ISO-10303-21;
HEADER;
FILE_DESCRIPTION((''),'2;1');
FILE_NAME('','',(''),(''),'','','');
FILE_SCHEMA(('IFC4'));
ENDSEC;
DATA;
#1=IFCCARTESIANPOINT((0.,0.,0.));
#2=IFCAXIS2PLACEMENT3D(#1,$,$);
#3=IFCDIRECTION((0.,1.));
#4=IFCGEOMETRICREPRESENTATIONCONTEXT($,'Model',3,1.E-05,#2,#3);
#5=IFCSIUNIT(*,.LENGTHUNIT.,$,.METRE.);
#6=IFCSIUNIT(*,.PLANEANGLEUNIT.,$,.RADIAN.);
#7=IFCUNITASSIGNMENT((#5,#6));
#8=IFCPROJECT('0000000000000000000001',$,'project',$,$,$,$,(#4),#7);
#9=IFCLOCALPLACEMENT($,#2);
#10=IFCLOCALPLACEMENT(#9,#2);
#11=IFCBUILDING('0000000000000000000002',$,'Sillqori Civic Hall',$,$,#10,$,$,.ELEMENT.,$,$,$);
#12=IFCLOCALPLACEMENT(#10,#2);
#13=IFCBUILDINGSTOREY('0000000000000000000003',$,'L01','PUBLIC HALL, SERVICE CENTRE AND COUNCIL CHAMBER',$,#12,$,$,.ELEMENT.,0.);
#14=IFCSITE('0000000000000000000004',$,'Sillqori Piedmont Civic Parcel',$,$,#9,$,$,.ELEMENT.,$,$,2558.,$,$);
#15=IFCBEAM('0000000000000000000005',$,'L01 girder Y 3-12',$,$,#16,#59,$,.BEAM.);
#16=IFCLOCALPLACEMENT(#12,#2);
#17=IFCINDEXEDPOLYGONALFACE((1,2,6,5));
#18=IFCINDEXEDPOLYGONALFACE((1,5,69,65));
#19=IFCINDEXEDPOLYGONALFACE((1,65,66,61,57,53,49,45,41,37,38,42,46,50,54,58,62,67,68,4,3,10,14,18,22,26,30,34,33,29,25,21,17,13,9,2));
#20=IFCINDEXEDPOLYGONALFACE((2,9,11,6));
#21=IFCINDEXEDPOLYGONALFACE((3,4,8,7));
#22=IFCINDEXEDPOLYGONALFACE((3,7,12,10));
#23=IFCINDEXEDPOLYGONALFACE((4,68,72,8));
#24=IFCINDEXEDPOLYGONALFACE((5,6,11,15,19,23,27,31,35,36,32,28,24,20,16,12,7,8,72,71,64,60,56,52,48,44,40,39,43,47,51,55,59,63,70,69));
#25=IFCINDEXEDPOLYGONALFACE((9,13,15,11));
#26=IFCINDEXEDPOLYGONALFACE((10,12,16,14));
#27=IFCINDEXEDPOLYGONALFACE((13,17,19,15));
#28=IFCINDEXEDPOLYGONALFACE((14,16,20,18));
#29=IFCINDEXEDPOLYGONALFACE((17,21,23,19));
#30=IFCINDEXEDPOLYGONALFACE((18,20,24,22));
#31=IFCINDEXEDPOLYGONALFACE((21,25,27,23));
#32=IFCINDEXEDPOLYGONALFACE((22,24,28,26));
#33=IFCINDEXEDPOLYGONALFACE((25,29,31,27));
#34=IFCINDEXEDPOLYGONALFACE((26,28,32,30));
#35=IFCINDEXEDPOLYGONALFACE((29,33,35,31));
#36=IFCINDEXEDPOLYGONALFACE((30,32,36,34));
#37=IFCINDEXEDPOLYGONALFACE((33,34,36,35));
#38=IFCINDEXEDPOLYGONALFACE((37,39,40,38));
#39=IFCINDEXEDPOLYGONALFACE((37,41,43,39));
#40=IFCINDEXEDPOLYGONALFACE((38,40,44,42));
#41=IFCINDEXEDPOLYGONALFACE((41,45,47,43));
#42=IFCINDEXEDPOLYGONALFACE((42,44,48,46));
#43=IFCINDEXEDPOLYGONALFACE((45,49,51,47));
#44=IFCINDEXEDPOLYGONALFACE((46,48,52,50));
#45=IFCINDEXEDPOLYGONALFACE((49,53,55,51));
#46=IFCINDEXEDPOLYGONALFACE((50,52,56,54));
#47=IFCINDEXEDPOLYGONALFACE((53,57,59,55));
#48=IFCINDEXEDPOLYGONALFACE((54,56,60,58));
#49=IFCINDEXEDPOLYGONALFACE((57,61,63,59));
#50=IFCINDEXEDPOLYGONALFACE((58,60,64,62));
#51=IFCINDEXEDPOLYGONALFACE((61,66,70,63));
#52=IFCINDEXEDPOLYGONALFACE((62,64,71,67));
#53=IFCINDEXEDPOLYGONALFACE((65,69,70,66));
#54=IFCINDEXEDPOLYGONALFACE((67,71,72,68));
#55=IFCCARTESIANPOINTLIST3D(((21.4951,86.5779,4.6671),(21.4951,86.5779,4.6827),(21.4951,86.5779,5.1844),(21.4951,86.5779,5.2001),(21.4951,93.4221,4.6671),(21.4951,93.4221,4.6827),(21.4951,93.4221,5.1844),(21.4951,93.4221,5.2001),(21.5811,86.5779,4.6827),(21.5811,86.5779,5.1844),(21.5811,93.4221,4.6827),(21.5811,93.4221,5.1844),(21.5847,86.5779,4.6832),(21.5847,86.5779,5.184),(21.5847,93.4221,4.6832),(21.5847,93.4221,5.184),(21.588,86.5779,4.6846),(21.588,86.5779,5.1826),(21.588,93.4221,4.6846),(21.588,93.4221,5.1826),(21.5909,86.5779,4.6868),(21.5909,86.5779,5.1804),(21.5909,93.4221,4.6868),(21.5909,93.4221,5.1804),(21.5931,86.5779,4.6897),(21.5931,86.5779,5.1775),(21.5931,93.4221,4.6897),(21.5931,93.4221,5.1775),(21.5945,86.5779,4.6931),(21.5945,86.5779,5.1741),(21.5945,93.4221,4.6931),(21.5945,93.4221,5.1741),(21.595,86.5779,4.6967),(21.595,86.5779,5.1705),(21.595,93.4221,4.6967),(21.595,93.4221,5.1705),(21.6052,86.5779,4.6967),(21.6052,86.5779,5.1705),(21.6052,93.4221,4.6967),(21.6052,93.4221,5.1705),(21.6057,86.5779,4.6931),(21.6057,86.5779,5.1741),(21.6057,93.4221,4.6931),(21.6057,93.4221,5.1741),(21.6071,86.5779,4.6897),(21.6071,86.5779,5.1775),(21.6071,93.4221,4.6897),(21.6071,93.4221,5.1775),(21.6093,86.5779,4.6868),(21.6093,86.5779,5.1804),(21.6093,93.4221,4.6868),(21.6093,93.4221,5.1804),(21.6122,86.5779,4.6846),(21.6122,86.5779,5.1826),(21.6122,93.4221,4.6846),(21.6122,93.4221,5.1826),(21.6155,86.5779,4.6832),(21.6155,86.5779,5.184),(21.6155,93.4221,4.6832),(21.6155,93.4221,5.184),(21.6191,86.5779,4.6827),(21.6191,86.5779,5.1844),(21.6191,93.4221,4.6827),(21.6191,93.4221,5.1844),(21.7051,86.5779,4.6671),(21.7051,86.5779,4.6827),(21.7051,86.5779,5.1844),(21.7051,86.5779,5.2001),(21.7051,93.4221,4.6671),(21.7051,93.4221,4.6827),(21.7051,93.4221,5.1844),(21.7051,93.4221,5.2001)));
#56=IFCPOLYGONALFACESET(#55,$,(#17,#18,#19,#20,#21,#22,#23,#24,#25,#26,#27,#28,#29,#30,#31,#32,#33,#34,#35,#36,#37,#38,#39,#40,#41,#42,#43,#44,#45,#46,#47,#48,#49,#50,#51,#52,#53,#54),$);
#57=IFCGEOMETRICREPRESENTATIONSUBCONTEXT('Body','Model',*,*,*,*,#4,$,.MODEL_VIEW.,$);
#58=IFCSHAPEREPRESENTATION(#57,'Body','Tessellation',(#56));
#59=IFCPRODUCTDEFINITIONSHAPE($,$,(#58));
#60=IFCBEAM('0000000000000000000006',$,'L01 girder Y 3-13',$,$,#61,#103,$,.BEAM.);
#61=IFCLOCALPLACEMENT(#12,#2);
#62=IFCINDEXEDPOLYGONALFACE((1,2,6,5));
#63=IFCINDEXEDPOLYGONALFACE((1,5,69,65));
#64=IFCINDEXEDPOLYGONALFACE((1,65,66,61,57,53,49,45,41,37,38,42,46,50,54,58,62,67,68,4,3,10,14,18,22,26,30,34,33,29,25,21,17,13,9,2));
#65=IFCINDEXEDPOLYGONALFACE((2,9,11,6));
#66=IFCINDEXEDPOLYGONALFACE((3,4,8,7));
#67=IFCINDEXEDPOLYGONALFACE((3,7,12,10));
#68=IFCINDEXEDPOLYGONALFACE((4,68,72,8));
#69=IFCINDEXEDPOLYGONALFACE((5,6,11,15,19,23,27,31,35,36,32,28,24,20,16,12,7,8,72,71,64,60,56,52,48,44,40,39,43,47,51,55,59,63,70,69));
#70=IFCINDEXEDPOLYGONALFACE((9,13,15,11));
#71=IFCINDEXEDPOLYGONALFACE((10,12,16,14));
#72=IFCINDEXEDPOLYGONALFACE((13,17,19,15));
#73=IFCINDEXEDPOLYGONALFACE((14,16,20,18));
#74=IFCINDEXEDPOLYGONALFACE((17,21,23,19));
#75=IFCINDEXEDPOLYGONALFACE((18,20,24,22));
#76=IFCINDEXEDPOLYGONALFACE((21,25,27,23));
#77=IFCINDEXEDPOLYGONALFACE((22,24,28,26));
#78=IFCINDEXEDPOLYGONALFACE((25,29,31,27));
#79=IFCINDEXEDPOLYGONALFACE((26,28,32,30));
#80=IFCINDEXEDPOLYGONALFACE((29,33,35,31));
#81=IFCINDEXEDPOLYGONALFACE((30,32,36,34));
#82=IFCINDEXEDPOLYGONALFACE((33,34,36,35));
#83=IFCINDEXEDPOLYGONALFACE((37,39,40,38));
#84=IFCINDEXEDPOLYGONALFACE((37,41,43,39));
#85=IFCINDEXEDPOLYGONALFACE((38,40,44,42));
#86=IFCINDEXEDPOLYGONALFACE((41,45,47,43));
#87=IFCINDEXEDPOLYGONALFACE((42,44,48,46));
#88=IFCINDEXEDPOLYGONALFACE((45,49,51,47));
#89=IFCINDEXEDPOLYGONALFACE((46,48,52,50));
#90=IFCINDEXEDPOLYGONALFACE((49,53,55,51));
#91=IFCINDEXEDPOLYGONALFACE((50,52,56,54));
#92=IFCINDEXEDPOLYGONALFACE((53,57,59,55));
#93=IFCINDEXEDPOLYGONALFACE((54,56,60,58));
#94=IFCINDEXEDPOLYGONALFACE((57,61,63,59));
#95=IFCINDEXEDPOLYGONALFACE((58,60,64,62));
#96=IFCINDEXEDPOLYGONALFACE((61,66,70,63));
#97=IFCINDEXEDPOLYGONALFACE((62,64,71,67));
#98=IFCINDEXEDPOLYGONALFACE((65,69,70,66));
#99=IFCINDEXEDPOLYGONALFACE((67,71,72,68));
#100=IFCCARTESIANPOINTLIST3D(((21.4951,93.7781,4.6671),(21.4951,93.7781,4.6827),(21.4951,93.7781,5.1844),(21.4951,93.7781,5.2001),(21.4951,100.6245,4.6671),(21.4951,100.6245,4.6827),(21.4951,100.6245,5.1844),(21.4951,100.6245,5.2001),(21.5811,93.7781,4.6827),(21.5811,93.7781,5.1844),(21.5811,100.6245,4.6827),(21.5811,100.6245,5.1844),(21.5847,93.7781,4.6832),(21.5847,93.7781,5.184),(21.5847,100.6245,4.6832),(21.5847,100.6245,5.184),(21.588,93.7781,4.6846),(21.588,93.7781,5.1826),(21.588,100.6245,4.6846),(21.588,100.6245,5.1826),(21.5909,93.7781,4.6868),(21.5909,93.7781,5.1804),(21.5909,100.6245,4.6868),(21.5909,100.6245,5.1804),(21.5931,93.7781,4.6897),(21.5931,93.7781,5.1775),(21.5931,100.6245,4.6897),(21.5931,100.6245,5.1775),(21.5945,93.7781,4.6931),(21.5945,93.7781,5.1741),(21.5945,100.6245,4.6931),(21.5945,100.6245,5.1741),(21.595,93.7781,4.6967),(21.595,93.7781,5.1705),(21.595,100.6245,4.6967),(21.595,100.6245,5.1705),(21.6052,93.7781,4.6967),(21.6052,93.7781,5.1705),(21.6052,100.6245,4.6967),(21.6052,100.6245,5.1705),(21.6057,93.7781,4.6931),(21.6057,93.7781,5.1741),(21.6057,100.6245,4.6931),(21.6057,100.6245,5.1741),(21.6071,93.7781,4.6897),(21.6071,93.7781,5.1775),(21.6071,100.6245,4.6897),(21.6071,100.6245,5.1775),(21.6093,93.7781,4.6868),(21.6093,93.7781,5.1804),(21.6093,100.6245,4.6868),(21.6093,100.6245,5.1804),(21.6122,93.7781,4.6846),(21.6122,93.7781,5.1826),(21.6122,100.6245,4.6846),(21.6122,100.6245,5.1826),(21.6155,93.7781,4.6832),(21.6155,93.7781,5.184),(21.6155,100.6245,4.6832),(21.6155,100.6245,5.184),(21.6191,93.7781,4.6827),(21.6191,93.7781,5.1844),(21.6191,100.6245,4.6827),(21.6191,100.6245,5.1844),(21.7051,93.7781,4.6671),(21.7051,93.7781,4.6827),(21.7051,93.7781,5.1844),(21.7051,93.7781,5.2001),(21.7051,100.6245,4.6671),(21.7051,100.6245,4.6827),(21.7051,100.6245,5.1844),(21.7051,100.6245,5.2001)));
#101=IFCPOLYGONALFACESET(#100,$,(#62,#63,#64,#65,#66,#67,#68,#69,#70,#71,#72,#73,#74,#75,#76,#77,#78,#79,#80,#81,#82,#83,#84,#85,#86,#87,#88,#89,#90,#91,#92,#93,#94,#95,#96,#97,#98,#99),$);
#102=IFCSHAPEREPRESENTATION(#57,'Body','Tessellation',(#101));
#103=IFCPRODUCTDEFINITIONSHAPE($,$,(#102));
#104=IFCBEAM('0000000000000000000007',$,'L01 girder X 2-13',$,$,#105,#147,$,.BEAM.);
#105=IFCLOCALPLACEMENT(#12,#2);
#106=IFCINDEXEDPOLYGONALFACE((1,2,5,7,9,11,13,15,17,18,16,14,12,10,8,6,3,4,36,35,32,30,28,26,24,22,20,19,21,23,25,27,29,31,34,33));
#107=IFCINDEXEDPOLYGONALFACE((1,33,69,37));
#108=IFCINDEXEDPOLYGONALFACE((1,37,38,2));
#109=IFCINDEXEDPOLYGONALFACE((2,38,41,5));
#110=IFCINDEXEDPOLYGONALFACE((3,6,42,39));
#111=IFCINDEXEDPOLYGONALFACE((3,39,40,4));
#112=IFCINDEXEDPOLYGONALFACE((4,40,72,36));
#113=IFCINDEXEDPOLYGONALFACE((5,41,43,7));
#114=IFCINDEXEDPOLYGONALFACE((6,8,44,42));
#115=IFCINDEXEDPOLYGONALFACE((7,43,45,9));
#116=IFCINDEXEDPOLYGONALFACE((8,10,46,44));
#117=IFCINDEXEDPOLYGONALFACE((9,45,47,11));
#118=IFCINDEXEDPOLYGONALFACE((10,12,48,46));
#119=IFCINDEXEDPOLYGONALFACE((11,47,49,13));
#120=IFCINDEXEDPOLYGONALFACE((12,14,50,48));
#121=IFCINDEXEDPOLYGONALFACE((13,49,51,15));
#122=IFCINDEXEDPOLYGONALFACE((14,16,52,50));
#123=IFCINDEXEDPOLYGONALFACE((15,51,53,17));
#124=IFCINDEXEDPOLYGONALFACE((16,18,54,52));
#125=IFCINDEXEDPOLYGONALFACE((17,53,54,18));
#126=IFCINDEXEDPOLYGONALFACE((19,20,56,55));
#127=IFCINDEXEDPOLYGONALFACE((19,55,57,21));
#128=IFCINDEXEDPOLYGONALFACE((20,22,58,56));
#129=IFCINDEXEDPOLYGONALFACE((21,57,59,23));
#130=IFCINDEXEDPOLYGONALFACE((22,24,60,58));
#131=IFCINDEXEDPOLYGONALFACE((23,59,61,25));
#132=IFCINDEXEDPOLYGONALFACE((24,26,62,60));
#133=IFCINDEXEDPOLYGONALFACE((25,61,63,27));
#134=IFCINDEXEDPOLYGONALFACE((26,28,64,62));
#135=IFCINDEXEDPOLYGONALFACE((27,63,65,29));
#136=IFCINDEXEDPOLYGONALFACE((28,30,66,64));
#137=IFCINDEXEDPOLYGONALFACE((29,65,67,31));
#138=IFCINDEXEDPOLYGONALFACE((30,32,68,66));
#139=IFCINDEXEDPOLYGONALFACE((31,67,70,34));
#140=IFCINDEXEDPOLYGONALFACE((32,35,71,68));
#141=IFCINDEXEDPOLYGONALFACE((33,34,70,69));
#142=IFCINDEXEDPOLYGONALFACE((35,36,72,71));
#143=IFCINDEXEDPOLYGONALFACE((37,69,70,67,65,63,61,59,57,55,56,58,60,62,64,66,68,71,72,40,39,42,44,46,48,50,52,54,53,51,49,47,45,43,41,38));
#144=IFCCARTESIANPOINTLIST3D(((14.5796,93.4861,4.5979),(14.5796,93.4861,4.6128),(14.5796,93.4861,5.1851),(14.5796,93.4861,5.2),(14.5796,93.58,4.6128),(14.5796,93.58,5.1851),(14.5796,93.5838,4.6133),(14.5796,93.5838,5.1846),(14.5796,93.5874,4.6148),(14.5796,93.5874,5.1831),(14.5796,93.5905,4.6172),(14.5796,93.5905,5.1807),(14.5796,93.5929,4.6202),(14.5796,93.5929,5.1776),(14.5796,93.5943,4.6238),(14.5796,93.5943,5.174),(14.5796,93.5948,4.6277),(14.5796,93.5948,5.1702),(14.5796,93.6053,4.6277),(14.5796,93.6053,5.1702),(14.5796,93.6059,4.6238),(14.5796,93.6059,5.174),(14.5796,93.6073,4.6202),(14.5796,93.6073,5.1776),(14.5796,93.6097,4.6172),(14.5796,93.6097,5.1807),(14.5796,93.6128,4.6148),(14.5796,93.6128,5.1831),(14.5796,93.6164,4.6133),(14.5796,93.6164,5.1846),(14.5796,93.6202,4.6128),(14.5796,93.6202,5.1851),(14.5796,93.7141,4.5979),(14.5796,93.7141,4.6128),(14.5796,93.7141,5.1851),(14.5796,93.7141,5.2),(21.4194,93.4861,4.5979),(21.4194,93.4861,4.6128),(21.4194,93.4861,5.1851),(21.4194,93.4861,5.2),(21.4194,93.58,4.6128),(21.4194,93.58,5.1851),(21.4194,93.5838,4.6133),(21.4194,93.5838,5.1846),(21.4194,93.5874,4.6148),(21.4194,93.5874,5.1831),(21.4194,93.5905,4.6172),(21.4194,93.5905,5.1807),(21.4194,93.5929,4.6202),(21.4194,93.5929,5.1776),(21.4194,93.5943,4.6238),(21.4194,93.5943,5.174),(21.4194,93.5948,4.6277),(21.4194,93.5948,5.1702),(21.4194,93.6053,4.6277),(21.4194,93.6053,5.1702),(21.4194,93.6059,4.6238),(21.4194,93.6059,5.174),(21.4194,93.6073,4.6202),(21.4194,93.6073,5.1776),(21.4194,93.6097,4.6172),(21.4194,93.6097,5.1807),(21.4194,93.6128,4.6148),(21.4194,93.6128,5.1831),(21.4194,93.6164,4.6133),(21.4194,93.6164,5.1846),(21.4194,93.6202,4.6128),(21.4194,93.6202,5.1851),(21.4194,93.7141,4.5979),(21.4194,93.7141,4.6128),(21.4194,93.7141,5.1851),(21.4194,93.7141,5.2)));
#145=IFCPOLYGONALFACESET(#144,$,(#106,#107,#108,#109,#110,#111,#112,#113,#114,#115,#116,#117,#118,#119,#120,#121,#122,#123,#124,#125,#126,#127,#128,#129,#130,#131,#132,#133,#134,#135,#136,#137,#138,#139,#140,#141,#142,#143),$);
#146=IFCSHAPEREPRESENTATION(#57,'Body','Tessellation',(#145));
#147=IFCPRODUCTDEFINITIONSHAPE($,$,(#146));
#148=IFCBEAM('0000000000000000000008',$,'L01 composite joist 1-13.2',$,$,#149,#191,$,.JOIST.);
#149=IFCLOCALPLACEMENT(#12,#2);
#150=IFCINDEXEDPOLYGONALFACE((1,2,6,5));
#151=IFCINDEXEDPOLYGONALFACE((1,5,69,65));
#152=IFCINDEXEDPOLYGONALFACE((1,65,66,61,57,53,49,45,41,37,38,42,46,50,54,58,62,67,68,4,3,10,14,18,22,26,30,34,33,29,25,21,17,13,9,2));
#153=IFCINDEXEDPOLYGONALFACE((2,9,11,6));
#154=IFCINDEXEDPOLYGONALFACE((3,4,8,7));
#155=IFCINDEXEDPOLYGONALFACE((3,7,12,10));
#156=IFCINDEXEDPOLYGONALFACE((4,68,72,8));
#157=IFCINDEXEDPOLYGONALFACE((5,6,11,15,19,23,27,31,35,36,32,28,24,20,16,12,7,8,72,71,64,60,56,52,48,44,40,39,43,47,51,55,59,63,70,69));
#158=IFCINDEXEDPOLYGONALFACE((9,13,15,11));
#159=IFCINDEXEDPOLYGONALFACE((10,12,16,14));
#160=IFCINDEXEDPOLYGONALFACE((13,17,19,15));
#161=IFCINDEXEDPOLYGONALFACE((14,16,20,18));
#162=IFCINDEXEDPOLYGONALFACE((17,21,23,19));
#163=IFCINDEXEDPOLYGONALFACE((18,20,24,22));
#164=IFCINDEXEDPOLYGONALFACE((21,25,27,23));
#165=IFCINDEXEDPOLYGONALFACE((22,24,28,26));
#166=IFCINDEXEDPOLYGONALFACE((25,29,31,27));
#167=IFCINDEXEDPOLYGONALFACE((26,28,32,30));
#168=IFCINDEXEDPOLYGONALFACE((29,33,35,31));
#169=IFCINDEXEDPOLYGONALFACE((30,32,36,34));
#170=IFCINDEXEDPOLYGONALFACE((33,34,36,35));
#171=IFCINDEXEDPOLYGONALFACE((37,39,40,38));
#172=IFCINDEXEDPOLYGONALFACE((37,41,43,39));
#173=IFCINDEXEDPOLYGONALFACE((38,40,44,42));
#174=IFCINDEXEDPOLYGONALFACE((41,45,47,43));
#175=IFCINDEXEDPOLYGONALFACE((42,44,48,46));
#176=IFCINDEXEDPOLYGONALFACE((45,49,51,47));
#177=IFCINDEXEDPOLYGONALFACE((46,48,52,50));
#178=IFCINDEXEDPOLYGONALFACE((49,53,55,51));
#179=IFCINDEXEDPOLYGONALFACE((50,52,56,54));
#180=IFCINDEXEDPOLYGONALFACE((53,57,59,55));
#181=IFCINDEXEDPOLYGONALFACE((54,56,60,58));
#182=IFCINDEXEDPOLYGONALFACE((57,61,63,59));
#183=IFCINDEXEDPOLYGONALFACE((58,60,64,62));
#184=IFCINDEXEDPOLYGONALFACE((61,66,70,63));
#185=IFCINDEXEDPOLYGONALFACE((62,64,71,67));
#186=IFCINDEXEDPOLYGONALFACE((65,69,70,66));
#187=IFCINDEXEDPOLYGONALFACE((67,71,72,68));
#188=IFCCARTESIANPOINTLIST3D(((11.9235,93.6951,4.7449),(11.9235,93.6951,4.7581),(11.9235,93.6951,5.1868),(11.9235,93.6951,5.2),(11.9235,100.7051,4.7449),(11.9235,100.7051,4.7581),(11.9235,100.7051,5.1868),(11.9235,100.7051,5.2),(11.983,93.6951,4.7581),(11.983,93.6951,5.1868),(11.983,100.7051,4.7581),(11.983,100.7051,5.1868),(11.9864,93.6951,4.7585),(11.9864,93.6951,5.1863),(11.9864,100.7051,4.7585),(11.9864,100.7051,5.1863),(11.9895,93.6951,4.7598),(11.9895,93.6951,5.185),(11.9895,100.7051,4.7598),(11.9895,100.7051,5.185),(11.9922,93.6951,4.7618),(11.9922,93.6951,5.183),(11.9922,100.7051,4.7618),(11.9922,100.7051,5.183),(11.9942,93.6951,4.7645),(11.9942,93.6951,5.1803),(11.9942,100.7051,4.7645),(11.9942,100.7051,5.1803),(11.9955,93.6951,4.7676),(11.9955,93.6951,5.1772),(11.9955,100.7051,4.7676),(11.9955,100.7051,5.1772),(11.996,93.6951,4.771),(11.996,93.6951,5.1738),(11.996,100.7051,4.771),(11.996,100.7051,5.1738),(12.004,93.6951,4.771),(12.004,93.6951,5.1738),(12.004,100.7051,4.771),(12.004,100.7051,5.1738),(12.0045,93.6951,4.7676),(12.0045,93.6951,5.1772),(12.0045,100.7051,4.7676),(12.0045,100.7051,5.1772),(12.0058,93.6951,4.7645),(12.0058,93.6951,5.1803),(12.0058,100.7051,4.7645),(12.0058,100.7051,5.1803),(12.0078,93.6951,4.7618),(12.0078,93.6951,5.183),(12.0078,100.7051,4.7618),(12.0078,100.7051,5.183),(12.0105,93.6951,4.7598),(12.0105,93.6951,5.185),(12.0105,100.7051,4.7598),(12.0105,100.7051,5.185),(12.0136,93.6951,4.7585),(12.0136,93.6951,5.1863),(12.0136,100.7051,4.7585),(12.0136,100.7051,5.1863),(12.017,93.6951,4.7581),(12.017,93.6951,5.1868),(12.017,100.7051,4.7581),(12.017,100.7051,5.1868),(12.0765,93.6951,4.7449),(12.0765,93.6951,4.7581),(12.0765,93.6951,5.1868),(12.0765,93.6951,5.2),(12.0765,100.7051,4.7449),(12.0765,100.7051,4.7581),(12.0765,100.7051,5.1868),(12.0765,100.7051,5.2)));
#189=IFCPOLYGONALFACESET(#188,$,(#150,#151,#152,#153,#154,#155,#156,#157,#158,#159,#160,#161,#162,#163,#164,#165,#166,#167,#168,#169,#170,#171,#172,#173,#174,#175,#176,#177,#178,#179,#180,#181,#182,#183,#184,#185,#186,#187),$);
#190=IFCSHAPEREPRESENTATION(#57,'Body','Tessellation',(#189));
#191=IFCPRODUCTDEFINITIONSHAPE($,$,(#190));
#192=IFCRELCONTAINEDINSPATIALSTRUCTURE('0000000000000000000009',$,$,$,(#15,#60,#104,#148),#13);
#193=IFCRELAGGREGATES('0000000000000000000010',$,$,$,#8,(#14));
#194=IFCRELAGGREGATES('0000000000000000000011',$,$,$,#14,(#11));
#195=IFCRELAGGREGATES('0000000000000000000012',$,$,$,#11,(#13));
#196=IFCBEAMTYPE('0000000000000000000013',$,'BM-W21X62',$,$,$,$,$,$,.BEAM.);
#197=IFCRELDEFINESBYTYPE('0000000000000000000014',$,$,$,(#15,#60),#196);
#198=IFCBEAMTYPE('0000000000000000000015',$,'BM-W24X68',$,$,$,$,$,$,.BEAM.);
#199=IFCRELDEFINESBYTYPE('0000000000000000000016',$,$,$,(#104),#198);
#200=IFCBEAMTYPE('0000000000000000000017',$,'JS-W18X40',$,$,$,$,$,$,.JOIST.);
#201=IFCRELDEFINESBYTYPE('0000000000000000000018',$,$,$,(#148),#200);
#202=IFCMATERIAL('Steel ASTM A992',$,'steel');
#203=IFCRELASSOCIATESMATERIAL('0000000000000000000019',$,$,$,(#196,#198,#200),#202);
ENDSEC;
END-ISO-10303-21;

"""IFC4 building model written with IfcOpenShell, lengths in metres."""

from ifc_helpers import new_model, si_unit, direction, frame, origin, origin_2d, place, context, subcontext, project, spatial, i_section, extrude, material, material_profile, profile_set, type_object, element, save


model = new_model("IFC4")

# Units and contexts
model_context = context("Model", 3, precision=1e-05, world=origin(), true_north=direction((0.0, 1.0)))
body_context = subcontext(model_context, "Body", "Model", "MODEL_VIEW")
ifc_project = project(units=[si_unit("LENGTHUNIT", "METRE"), si_unit("PLANEANGLEUNIT", "RADIAN")], contexts=[model_context])

# Site, building, storey
site_placement = place(None, origin())
site = spatial("IfcSite", under=ifc_project, at=site_placement, Name="Sillqori Piedmont Civic Parcel", CompositionType="ELEMENT", RefElevation=2558.0)
building_placement = place(site_placement, origin())
building = spatial("IfcBuilding", under=site, at=building_placement, Name="Sillqori Civic Hall", CompositionType="ELEMENT")
storey_placement = place(building_placement, origin())
storey = spatial("IfcBuildingStorey", under=building, at=storey_placement, Name="L01", Description="PUBLIC HALL, SERVICE CENTRE AND COUNCIL CHAMBER", CompositionType="ELEMENT", Elevation=0.0)

# Shared definitions
ifc_material_1 = material(Name="Steel ASTM A992", Category="steel")

# Beams
ifc_material_profile_1 = material_profile(ifc_material_1, i_section(OverallWidth=0.21, OverallDepth=0.533, WebThickness=0.0103, FlangeThickness=0.0156, FilletRadius=0.0139, at=origin_2d()), Name="W21X62")
ifc_profile_set_1 = profile_set([ifc_material_profile_1], Name="Steel ASTM A992")
beam_type_1 = type_object("IfcBeamType", Name="BM-W21X62", PredefinedType="BEAM", material=ifc_profile_set_1)
beam_1_placement = place(storey_placement, frame((21.6001, 86.5779, 4.9336), z_axis=(0.0, 1.0, 0.0), x_axis=(-1.0, 0.0, 0.0)))
element("IfcBeam", 1, at=beam_1_placement, inside=storey, type_object=beam_type_1, Name="L01 girder Y 3-12", PredefinedType="BEAM", context=body_context, shape_type="SweptSolid", body=[
    extrude(i_section(OverallWidth=0.21, OverallDepth=0.533, WebThickness=0.0103, FlangeThickness=0.0156, FilletRadius=0.0139, at=origin_2d()), origin(), (0.0, 0.0, 1.0), 6.8442),
])
beam_2_placement = place(storey_placement, frame((21.6001, 93.7781, 4.9336), z_axis=(0.0, 1.0, 0.0), x_axis=(-1.0, 0.0, 0.0)))
element("IfcBeam", 2, at=beam_2_placement, inside=storey, type_object=beam_type_1, Name="L01 girder Y 3-13", PredefinedType="BEAM", context=body_context, shape_type="SweptSolid", body=[
    extrude(i_section(OverallWidth=0.21, OverallDepth=0.533, WebThickness=0.0103, FlangeThickness=0.0156, FilletRadius=0.0139, at=origin_2d()), origin(), (0.0, 0.0, 1.0), 6.8464),
])
ifc_material_profile_2 = material_profile(ifc_material_1, i_section(OverallWidth=0.228, OverallDepth=0.6021, WebThickness=0.0105, FlangeThickness=0.0149, FilletRadius=0.0149, at=origin_2d()), Name="W24X68")
ifc_profile_set_2 = profile_set([ifc_material_profile_2], Name="Steel ASTM A992")
beam_type_2 = type_object("IfcBeamType", Name="BM-W24X68", PredefinedType="BEAM", material=ifc_profile_set_2)
beam_3_placement = place(storey_placement, frame((14.5796, 93.6001, 4.8989), z_axis=(1.0, 0.0, 0.0), x_axis=(0.0, 1.0, 0.0)))
element("IfcBeam", 3, at=beam_3_placement, inside=storey, type_object=beam_type_2, Name="L01 girder X 2-13", PredefinedType="BEAM", context=body_context, shape_type="SweptSolid", body=[
    extrude(i_section(OverallWidth=0.228, OverallDepth=0.6021, WebThickness=0.0105, FlangeThickness=0.0149, FilletRadius=0.0149, at=origin_2d()), origin(), (0.0, 0.0, 1.0), 6.8398),
])
ifc_material_profile_3 = material_profile(ifc_material_1, i_section(OverallWidth=0.1531, OverallDepth=0.4551, WebThickness=0.0081, FlangeThickness=0.0132, FilletRadius=0.0129, at=origin_2d()), Name="W18X40")
ifc_profile_set_3 = profile_set([ifc_material_profile_3], Name="Steel ASTM A992")
beam_type_3 = type_object("IfcBeamType", Name="JS-W18X40", PredefinedType="JOIST", material=ifc_profile_set_3)
beam_4_placement = place(storey_placement, frame((12.0, 93.6951, 4.9724), z_axis=(0.0, 1.0, 0.0), x_axis=(-1.0, 0.0, 0.0)))
element("IfcBeam", 4, at=beam_4_placement, inside=storey, type_object=beam_type_3, Name="L01 composite joist 1-13.2", PredefinedType="JOIST", context=body_context, shape_type="SweptSolid", body=[
    extrude(i_section(OverallWidth=0.1531, OverallDepth=0.4551, WebThickness=0.0081, FlangeThickness=0.0132, FilletRadius=0.0129, at=origin_2d()), origin(), (0.0, 0.0, 1.0), 7.01),
])

save(model, "model.ifc")
